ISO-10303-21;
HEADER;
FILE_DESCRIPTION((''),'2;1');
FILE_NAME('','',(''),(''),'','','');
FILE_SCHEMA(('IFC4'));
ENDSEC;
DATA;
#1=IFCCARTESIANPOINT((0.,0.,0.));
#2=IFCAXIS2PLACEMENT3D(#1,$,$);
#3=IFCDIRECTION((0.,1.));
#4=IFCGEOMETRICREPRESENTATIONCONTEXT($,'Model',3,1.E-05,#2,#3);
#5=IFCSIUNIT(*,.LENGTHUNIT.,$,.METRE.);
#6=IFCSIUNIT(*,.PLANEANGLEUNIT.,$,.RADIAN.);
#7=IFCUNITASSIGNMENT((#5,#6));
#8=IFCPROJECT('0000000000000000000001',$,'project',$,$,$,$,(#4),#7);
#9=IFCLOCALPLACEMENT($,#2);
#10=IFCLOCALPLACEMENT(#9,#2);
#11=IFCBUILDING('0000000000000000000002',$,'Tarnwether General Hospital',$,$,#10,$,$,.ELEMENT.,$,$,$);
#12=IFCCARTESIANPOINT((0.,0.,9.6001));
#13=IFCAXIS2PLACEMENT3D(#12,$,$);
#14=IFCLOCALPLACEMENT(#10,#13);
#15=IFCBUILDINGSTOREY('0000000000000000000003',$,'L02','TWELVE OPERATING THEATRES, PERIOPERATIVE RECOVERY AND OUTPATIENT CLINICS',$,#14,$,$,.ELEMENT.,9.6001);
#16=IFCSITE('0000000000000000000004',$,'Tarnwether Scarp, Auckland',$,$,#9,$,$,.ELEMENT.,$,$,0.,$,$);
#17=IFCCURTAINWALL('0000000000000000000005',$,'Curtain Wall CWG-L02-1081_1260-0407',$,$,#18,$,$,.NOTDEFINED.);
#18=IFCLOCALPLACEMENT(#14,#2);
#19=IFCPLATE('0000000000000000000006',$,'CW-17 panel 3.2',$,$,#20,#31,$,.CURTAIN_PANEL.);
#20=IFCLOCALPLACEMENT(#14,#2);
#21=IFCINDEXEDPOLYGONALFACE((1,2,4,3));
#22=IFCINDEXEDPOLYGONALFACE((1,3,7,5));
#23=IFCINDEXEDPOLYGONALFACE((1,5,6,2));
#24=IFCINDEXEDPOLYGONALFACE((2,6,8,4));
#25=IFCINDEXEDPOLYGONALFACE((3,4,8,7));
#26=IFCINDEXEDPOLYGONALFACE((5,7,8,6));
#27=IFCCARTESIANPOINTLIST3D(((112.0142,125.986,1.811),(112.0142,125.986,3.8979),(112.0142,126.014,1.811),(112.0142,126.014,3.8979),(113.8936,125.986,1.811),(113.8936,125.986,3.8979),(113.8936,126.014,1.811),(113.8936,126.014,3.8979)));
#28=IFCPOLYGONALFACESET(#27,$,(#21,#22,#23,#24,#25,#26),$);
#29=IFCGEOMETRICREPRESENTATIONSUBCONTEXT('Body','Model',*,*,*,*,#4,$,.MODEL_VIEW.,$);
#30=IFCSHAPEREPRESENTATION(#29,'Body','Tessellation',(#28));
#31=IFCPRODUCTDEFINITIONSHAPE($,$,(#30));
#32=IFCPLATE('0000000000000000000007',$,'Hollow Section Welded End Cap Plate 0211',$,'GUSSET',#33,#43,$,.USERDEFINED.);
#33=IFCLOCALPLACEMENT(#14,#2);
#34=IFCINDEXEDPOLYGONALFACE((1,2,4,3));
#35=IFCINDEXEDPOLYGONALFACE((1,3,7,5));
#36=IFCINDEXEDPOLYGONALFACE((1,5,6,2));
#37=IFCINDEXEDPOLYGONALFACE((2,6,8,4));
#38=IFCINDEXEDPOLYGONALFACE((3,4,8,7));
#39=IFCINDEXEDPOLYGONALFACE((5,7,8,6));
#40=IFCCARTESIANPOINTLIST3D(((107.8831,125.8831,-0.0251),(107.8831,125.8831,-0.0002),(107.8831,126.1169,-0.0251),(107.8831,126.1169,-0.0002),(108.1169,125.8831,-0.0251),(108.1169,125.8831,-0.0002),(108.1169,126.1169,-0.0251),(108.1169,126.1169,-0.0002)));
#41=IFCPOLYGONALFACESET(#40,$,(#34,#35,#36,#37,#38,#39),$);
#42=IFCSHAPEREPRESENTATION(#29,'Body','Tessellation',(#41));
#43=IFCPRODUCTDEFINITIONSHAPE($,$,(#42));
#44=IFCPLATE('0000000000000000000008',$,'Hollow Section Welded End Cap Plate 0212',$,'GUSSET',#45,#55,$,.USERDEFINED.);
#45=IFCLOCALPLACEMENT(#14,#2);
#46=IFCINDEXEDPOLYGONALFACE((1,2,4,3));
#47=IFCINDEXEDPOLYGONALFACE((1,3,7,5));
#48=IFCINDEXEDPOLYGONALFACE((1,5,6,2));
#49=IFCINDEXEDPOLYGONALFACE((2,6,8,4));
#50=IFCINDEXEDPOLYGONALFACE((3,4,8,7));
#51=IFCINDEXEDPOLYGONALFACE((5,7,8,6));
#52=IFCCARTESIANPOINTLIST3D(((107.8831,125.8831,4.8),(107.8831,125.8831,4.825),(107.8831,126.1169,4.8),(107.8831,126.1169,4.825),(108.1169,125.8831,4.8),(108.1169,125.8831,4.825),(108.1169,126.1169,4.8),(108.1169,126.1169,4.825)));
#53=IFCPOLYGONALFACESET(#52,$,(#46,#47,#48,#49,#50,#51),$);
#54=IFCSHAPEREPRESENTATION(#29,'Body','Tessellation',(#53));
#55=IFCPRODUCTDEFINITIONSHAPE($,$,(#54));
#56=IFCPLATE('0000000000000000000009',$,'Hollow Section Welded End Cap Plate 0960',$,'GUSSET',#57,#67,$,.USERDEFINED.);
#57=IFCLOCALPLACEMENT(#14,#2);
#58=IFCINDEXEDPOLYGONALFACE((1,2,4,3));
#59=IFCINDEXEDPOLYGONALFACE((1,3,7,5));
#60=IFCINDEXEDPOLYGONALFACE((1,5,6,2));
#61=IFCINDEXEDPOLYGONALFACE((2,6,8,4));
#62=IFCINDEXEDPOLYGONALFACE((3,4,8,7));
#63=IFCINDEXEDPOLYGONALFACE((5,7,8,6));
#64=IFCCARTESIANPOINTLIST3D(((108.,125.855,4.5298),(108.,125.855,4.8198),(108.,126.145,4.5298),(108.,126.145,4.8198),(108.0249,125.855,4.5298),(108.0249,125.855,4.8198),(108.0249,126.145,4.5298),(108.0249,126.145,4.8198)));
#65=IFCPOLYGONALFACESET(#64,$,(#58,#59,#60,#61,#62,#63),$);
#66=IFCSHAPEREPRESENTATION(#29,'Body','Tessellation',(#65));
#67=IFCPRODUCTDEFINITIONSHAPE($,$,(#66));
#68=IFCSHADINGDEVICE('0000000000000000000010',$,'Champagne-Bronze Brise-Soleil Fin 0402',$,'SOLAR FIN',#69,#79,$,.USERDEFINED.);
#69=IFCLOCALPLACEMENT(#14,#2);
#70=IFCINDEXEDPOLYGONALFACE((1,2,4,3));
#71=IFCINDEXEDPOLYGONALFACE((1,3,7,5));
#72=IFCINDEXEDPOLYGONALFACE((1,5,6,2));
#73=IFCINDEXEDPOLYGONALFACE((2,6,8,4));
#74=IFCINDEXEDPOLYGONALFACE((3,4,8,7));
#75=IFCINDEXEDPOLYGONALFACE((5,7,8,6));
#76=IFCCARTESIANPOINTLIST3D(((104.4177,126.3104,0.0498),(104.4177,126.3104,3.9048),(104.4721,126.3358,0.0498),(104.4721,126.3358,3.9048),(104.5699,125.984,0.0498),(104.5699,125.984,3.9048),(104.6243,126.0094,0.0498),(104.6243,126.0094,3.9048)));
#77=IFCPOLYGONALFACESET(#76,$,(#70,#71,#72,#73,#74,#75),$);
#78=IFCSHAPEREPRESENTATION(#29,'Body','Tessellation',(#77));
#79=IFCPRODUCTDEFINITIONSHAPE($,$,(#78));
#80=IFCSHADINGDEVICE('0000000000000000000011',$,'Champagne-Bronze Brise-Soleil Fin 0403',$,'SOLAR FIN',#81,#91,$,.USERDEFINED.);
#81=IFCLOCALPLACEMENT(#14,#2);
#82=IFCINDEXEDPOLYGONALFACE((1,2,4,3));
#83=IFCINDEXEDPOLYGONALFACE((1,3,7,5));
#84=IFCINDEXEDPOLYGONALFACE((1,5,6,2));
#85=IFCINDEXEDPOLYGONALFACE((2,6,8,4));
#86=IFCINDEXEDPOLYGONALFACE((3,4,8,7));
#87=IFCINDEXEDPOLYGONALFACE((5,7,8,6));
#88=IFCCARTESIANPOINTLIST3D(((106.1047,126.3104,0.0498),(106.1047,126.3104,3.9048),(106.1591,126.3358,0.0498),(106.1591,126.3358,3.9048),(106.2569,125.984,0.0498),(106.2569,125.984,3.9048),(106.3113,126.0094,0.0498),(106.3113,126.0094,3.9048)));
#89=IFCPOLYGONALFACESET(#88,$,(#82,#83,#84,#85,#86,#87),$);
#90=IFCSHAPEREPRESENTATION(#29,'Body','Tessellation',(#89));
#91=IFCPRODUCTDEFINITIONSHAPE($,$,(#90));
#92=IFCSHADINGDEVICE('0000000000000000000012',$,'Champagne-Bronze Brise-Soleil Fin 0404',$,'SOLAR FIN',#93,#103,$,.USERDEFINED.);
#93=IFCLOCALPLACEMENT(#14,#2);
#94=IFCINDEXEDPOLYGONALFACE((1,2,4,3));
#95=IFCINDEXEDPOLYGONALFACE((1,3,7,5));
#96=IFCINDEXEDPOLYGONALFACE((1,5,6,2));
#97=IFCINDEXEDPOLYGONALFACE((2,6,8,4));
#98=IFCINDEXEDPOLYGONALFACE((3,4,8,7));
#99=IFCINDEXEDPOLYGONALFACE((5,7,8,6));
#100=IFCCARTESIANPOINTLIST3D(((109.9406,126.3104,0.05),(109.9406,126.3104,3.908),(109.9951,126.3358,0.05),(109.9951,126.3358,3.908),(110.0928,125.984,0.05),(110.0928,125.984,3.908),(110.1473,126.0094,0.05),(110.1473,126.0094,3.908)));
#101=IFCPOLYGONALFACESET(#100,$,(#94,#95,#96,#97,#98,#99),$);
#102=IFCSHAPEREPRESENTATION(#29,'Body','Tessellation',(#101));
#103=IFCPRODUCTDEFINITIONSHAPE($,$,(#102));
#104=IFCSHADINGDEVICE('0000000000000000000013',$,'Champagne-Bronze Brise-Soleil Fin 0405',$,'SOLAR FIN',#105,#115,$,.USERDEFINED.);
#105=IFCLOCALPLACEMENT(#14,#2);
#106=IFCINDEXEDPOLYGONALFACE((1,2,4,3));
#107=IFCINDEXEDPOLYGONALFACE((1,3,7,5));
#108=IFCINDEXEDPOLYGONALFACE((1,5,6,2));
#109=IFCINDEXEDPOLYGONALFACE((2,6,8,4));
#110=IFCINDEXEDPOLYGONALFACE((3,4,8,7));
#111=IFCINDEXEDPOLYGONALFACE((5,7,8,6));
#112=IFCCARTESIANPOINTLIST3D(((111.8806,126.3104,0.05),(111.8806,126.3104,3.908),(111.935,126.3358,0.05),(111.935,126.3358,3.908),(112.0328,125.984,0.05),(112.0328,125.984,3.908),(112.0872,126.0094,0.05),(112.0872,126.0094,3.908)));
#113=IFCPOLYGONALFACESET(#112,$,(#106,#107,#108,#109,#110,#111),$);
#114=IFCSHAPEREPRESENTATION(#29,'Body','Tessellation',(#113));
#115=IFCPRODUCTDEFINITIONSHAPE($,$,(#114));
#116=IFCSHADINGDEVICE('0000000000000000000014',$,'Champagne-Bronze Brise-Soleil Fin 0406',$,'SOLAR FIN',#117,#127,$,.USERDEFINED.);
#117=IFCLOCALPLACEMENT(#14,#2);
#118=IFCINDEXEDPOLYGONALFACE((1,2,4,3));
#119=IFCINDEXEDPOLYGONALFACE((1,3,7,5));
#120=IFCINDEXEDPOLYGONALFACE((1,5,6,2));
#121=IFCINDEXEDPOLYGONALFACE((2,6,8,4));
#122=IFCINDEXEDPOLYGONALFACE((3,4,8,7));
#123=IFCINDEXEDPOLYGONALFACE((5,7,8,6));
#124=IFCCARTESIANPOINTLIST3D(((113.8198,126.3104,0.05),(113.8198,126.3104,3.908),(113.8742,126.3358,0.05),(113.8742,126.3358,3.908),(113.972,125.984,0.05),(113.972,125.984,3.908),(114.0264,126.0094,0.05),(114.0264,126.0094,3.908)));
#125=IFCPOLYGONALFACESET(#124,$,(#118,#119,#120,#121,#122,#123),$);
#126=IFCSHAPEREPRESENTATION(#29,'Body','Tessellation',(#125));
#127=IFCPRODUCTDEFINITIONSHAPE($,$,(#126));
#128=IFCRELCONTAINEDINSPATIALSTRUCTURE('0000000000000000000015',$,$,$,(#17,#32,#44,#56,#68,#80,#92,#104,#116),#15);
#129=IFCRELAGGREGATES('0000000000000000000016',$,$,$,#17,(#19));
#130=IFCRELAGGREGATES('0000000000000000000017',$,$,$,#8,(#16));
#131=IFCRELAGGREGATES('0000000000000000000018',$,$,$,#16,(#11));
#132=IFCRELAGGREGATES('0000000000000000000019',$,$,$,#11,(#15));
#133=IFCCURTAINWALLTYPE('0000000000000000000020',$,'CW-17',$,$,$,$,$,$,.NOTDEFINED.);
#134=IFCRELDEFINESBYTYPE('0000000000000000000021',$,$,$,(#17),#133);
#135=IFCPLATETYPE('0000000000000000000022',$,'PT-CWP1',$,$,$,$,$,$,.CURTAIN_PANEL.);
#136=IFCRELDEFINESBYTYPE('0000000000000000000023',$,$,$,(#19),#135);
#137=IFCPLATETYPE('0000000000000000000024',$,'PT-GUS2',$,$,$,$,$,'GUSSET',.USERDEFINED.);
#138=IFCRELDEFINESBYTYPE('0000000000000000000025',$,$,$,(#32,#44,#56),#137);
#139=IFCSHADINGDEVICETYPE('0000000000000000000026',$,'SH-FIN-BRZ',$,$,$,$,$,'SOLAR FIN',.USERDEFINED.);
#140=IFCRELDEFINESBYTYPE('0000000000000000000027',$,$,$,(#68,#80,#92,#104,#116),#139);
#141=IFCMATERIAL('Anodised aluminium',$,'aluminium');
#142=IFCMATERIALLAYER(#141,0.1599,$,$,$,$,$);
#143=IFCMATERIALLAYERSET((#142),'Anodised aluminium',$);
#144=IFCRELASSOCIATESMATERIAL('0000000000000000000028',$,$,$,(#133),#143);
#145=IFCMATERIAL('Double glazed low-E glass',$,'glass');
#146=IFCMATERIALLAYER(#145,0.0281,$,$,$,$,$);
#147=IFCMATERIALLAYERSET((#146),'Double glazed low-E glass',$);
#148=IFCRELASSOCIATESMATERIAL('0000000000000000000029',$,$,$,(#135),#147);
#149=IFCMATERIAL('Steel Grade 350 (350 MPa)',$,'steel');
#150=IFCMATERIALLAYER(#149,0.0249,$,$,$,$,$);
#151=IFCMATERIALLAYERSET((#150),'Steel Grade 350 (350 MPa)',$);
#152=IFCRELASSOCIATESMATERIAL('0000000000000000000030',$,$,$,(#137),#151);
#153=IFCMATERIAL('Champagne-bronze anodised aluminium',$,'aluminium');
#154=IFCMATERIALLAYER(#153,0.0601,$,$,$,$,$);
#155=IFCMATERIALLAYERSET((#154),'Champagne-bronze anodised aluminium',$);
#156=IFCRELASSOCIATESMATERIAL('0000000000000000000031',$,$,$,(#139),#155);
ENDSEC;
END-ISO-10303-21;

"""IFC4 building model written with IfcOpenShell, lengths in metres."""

from ifc_helpers import new_model, si_unit, direction, frame, origin, origin_2d, place, context, subcontext, project, spatial, rectangle, extrude, material, layer, layer_set, type_object, element, aggregate, save


model = new_model("IFC4")

# Units and contexts
model_context = context("Model", 3, precision=1e-05, world=origin(), true_north=direction((0.0, 1.0)))
body_context = subcontext(model_context, "Body", "Model", "MODEL_VIEW")
ifc_project = project(units=[si_unit("LENGTHUNIT", "METRE"), si_unit("PLANEANGLEUNIT", "RADIAN")], contexts=[model_context])

# Site, building, storey
site_placement = place(None, origin())
site = spatial("IfcSite", under=ifc_project, at=site_placement, Name="Tarnwether Scarp, Auckland", CompositionType="ELEMENT", RefElevation=0.0)
building_placement = place(site_placement, origin())
building = spatial("IfcBuilding", under=site, at=building_placement, Name="Tarnwether General Hospital", CompositionType="ELEMENT")
storey_placement = place(building_placement, frame((0.0, 0.0, 9.6001)))
storey = spatial("IfcBuildingStorey", under=building, at=storey_placement, Name="L02", Description="TWELVE OPERATING THEATRES, PERIOPERATIVE RECOVERY AND OUTPATIENT CLINICS", CompositionType="ELEMENT", Elevation=9.6001)

# Shared definitions
ifc_material_1 = material(Name="Anodised aluminium", Category="aluminium")
ifc_layer_1 = layer(ifc_material_1, 0.1599)
ifc_layer_set_1 = layer_set([ifc_layer_1], Name="Anodised aluminium")
curtain_wall_type = type_object("IfcCurtainWallType", Name="CW-17", PredefinedType="NOTDEFINED", material=ifc_layer_set_1)

# Curtain wall
curtain_wall_1_placement = place(storey_placement, origin())
curtain_wall_1 = element("IfcCurtainWall", 1, at=curtain_wall_1_placement, inside=storey, type_object=curtain_wall_type, Name="Curtain Wall CWG-L02-1081_1260-0407", PredefinedType="NOTDEFINED")

# Plate
ifc_material_2 = material(Name="Double glazed low-E glass", Category="glass")
ifc_layer_2 = layer(ifc_material_2, 0.0281)
ifc_layer_set_2 = layer_set([ifc_layer_2], Name="Double glazed low-E glass")
plate_type_1 = type_object("IfcPlateType", Name="PT-CWP1", PredefinedType="CURTAIN_PANEL", material=ifc_layer_set_2)
plate_1_placement = place(storey_placement, frame((112.9539, 126.0, 1.811), z_axis=(0.0, 0.0, 1.0), x_axis=(1.0, 0.0, 0.0)))
plate_1 = element("IfcPlate", 2, at=plate_1_placement, type_object=plate_type_1, Name="CW-17 panel 3.2", PredefinedType="CURTAIN_PANEL", context=body_context, shape_type="SweptSolid", body=[
    extrude(rectangle(XDim=1.8794, YDim=0.0281, at=origin_2d()), origin(), (0.0, 0.0, 1.0), 2.0869),
])
aggregate(curtain_wall_1, [plate_1])

# Plates
ifc_material_3 = material(Name="Steel Grade 350 (350 MPa)", Category="steel")
ifc_layer_3 = layer(ifc_material_3, 0.0249)
ifc_layer_set_3 = layer_set([ifc_layer_3], Name="Steel Grade 350 (350 MPa)")
plate_type_2 = type_object("IfcPlateType", Name="PT-GUS2", ElementType="GUSSET", PredefinedType="USERDEFINED", material=ifc_layer_set_3)
for number, where, z_axis, x_axis, name in (
    (3, (108.0, 126.0, -0.0251), (0.0, 0.0, 1.0), (1.0, 0.0, 0.0), "Hollow Section Welded End Cap Plate 0211"),
    (4, (108.0, 126.0, 4.8), (0.0, 0.0, 1.0), (1.0, 0.0, 0.0), "Hollow Section Welded End Cap Plate 0212"),
):
    element("IfcPlate", number, at=place(storey_placement, frame(where, z_axis=z_axis, x_axis=x_axis)), inside=storey, type_object=plate_type_2, Name=name, ObjectType="GUSSET", PredefinedType="USERDEFINED", context=body_context, shape_type="SweptSolid", body=[
        extrude(rectangle(XDim=0.2339, YDim=0.2339, at=origin_2d()), origin(), (0.0, 0.0, 1.0), 0.0249),
    ])
plate_2_placement = place(storey_placement, frame((108.0125, 126.0, 4.5298), z_axis=(0.0, 0.0, 1.0), x_axis=(1.0, 0.0, 0.0)))
element("IfcPlate", 5, at=plate_2_placement, inside=storey, type_object=plate_type_2, Name="Hollow Section Welded End Cap Plate 0960", ObjectType="GUSSET", PredefinedType="USERDEFINED", context=body_context, shape_type="SweptSolid", body=[
    extrude(rectangle(XDim=0.0249, YDim=0.29, at=origin_2d()), origin(), (0.0, 0.0, 1.0), 0.29),
])

# Shading devices
ifc_material_4 = material(Name="Champagne-bronze anodised aluminium", Category="aluminium")
ifc_layer_4 = layer(ifc_material_4, 0.0601)
ifc_layer_set_4 = layer_set([ifc_layer_4], Name="Champagne-bronze anodised aluminium")
shading_device_type = type_object("IfcShadingDeviceType", Name="SH-FIN-BRZ", ElementType="SOLAR FIN", PredefinedType="USERDEFINED", material=ifc_layer_set_4)
for number, where, z_axis, x_axis, name in (
    (6, (104.521, 126.1599, 0.0498), (0.0, 0.0, 1.0), (0.906308, 0.422618, 0.0), "Champagne-Bronze Brise-Soleil Fin 0402"),
    (7, (106.208, 126.1599, 0.0498), (0.0, 0.0, 1.0), (0.906308, 0.422618, 0.0), "Champagne-Bronze Brise-Soleil Fin 0403"),
):
    element("IfcShadingDevice", number, at=place(storey_placement, frame(where, z_axis=z_axis, x_axis=x_axis)), inside=storey, type_object=shading_device_type, Name=name, ObjectType="SOLAR FIN", PredefinedType="USERDEFINED", context=body_context, shape_type="SweptSolid", body=[
        extrude(rectangle(XDim=0.0601, YDim=0.3601, at=origin_2d()), origin(), (0.0, 0.0, 1.0), 3.855),
    ])
for number, where, z_axis, x_axis, name in (
    (8, (110.0439, 126.1599, 0.05), (0.0, 0.0, 1.0), (0.906308, 0.422618, 0.0), "Champagne-Bronze Brise-Soleil Fin 0404"),
    (9, (111.9839, 126.1599, 0.05), (0.0, 0.0, 1.0), (0.906308, 0.422618, 0.0), "Champagne-Bronze Brise-Soleil Fin 0405"),
    (10, (113.9231, 126.1599, 0.05), (0.0, 0.0, 1.0), (0.906308, 0.422618, 0.0), "Champagne-Bronze Brise-Soleil Fin 0406"),
):
    element("IfcShadingDevice", number, at=place(storey_placement, frame(where, z_axis=z_axis, x_axis=x_axis)), inside=storey, type_object=shading_device_type, Name=name, ObjectType="SOLAR FIN", PredefinedType="USERDEFINED", context=body_context, shape_type="SweptSolid", body=[
        extrude(rectangle(XDim=0.0601, YDim=0.3601, at=origin_2d()), origin(), (0.0, 0.0, 1.0), 3.8579),
    ])

save(model, "model.ifc")
